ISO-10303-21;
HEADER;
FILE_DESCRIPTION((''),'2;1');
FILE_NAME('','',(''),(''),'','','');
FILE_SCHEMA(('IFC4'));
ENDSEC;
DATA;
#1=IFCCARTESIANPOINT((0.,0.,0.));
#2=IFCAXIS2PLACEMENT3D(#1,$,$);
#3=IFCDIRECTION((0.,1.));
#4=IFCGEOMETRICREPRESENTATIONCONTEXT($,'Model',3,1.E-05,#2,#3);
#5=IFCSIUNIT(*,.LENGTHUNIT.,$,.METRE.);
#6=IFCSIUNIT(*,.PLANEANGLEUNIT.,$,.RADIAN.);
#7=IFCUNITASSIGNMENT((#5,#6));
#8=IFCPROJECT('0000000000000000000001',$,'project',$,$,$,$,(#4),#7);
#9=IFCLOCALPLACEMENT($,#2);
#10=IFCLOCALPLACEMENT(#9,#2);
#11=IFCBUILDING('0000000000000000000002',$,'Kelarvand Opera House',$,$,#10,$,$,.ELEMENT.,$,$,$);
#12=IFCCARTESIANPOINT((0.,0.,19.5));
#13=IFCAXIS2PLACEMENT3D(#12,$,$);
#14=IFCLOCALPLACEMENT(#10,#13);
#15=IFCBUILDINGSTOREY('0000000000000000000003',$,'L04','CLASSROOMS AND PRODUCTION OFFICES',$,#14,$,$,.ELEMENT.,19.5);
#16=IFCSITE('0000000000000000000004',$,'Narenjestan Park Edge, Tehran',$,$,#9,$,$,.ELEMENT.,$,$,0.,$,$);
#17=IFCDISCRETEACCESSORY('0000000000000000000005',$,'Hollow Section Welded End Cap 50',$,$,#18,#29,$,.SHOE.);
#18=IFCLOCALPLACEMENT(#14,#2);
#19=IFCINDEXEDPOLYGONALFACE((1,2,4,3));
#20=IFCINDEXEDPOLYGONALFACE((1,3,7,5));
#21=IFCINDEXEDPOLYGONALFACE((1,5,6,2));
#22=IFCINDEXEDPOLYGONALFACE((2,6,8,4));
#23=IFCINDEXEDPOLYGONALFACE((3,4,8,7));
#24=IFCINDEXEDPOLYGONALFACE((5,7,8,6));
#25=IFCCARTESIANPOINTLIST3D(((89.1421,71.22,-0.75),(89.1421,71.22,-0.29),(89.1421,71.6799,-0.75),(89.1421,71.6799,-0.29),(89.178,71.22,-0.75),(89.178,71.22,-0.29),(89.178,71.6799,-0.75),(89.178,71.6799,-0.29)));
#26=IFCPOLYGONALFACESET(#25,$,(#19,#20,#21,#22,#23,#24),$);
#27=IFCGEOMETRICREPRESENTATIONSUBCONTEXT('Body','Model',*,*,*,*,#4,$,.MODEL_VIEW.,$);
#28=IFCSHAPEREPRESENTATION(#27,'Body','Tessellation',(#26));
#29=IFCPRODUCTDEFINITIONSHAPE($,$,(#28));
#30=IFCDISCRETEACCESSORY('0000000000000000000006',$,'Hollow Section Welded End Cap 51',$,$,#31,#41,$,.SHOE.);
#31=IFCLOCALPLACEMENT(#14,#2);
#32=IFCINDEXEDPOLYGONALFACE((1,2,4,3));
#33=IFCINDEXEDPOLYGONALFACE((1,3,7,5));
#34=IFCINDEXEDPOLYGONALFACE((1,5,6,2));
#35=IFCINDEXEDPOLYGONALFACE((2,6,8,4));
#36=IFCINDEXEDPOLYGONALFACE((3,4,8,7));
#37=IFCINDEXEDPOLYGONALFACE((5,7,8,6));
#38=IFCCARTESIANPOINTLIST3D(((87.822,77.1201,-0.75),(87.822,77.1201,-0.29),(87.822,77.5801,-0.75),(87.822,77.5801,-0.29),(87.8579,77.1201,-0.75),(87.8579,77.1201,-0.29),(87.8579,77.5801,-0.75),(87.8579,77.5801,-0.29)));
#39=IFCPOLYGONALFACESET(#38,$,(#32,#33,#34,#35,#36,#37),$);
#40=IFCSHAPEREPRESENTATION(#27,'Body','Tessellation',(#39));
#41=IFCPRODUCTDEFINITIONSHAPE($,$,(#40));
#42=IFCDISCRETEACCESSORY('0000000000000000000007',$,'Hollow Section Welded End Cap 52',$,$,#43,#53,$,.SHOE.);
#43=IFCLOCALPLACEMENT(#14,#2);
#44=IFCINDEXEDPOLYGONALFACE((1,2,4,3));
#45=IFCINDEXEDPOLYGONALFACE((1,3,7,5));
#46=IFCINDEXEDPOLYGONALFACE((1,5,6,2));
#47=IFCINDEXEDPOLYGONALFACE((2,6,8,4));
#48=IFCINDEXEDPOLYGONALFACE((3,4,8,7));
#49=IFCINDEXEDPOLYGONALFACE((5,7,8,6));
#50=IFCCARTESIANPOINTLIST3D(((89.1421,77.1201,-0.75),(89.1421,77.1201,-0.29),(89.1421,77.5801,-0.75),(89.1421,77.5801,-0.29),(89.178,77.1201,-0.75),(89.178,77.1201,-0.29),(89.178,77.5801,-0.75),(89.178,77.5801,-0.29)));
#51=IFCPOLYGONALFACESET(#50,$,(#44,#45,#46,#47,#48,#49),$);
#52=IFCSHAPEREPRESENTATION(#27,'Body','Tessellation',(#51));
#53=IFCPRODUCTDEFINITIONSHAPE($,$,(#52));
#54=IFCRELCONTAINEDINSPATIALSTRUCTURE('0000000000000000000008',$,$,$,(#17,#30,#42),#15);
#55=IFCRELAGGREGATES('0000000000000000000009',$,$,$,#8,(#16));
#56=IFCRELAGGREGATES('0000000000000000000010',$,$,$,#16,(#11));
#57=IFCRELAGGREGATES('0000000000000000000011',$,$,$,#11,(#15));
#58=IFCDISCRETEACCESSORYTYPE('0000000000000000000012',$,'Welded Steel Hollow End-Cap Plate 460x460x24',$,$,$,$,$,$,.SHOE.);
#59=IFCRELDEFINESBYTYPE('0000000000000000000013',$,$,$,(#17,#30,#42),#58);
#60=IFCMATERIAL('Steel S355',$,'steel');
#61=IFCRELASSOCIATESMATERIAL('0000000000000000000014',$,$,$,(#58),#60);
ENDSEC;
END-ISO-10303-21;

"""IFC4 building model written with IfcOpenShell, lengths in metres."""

from ifc_helpers import new_model, si_unit, direction, frame, origin, origin_2d, place, context, subcontext, project, spatial, rectangle, extrude, material, material_profile, profile_set, type_object, element, save


model = new_model("IFC4")

# Units and contexts
model_context = context("Model", 3, precision=1e-05, world=origin(), true_north=direction((0.0, 1.0)))
body_context = subcontext(model_context, "Body", "Model", "MODEL_VIEW")
ifc_project = project(units=[si_unit("LENGTHUNIT", "METRE"), si_unit("PLANEANGLEUNIT", "RADIAN")], contexts=[model_context])

# Site, building, storey
site_placement = place(None, origin())
site = spatial("IfcSite", under=ifc_project, at=site_placement, Name="Narenjestan Park Edge, Tehran", CompositionType="ELEMENT", RefElevation=0.0)
building_placement = place(site_placement, origin())
building = spatial("IfcBuilding", under=site, at=building_placement, Name="Kelarvand Opera House", CompositionType="ELEMENT")
storey_placement = place(building_placement, frame((0.0, 0.0, 19.5)))
storey = spatial("IfcBuildingStorey", under=building, at=storey_placement, Name="L04", Description="CLASSROOMS AND PRODUCTION OFFICES", CompositionType="ELEMENT", Elevation=19.5)

# Discrete accessories
ifc_material_1 = material(Name="Steel S355", Category="steel")
ifc_material_profile_1 = material_profile(ifc_material_1, rectangle(XDim=0.46, YDim=0.46, at=origin_2d()), Name="Welded Steel Hollow End-Cap Plate 460x460x24", Category="steel")
ifc_profile_set_1 = profile_set([ifc_material_profile_1], Name="Steel S355")
discrete_accessory_type_1 = type_object("IfcDiscreteAccessoryType", Name="Welded Steel Hollow End-Cap Plate 460x460x24", PredefinedType="SHOE", material=ifc_profile_set_1)
for number, where, z_axis, x_axis, name in (
    (1, (89.1421, 71.45, -0.52), (1.0, 0.0, 0.0), (0.0, 1.0, 0.0), "Hollow Section Welded End Cap 50"),
    (2, (87.8579, 77.3501, -0.52), (-1.0, 0.0, 0.0), (0.0, -1.0, 0.0), "Hollow Section Welded End Cap 51"),
    (3, (89.1421, 77.3501, -0.52), (1.0, 0.0, 0.0), (0.0, 1.0, 0.0), "Hollow Section Welded End Cap 52"),
):
    element("IfcDiscreteAccessory", number, at=place(storey_placement, frame(where, z_axis=z_axis, x_axis=x_axis)), inside=storey, type_object=discrete_accessory_type_1, Name=name, PredefinedType="SHOE", context=body_context, shape_type="SweptSolid", body=[
        extrude(rectangle(XDim=0.46, YDim=0.46, at=origin_2d()), origin(), (0.0, 0.0, 1.0), 0.0359),
    ])

save(model, "model.ifc")
